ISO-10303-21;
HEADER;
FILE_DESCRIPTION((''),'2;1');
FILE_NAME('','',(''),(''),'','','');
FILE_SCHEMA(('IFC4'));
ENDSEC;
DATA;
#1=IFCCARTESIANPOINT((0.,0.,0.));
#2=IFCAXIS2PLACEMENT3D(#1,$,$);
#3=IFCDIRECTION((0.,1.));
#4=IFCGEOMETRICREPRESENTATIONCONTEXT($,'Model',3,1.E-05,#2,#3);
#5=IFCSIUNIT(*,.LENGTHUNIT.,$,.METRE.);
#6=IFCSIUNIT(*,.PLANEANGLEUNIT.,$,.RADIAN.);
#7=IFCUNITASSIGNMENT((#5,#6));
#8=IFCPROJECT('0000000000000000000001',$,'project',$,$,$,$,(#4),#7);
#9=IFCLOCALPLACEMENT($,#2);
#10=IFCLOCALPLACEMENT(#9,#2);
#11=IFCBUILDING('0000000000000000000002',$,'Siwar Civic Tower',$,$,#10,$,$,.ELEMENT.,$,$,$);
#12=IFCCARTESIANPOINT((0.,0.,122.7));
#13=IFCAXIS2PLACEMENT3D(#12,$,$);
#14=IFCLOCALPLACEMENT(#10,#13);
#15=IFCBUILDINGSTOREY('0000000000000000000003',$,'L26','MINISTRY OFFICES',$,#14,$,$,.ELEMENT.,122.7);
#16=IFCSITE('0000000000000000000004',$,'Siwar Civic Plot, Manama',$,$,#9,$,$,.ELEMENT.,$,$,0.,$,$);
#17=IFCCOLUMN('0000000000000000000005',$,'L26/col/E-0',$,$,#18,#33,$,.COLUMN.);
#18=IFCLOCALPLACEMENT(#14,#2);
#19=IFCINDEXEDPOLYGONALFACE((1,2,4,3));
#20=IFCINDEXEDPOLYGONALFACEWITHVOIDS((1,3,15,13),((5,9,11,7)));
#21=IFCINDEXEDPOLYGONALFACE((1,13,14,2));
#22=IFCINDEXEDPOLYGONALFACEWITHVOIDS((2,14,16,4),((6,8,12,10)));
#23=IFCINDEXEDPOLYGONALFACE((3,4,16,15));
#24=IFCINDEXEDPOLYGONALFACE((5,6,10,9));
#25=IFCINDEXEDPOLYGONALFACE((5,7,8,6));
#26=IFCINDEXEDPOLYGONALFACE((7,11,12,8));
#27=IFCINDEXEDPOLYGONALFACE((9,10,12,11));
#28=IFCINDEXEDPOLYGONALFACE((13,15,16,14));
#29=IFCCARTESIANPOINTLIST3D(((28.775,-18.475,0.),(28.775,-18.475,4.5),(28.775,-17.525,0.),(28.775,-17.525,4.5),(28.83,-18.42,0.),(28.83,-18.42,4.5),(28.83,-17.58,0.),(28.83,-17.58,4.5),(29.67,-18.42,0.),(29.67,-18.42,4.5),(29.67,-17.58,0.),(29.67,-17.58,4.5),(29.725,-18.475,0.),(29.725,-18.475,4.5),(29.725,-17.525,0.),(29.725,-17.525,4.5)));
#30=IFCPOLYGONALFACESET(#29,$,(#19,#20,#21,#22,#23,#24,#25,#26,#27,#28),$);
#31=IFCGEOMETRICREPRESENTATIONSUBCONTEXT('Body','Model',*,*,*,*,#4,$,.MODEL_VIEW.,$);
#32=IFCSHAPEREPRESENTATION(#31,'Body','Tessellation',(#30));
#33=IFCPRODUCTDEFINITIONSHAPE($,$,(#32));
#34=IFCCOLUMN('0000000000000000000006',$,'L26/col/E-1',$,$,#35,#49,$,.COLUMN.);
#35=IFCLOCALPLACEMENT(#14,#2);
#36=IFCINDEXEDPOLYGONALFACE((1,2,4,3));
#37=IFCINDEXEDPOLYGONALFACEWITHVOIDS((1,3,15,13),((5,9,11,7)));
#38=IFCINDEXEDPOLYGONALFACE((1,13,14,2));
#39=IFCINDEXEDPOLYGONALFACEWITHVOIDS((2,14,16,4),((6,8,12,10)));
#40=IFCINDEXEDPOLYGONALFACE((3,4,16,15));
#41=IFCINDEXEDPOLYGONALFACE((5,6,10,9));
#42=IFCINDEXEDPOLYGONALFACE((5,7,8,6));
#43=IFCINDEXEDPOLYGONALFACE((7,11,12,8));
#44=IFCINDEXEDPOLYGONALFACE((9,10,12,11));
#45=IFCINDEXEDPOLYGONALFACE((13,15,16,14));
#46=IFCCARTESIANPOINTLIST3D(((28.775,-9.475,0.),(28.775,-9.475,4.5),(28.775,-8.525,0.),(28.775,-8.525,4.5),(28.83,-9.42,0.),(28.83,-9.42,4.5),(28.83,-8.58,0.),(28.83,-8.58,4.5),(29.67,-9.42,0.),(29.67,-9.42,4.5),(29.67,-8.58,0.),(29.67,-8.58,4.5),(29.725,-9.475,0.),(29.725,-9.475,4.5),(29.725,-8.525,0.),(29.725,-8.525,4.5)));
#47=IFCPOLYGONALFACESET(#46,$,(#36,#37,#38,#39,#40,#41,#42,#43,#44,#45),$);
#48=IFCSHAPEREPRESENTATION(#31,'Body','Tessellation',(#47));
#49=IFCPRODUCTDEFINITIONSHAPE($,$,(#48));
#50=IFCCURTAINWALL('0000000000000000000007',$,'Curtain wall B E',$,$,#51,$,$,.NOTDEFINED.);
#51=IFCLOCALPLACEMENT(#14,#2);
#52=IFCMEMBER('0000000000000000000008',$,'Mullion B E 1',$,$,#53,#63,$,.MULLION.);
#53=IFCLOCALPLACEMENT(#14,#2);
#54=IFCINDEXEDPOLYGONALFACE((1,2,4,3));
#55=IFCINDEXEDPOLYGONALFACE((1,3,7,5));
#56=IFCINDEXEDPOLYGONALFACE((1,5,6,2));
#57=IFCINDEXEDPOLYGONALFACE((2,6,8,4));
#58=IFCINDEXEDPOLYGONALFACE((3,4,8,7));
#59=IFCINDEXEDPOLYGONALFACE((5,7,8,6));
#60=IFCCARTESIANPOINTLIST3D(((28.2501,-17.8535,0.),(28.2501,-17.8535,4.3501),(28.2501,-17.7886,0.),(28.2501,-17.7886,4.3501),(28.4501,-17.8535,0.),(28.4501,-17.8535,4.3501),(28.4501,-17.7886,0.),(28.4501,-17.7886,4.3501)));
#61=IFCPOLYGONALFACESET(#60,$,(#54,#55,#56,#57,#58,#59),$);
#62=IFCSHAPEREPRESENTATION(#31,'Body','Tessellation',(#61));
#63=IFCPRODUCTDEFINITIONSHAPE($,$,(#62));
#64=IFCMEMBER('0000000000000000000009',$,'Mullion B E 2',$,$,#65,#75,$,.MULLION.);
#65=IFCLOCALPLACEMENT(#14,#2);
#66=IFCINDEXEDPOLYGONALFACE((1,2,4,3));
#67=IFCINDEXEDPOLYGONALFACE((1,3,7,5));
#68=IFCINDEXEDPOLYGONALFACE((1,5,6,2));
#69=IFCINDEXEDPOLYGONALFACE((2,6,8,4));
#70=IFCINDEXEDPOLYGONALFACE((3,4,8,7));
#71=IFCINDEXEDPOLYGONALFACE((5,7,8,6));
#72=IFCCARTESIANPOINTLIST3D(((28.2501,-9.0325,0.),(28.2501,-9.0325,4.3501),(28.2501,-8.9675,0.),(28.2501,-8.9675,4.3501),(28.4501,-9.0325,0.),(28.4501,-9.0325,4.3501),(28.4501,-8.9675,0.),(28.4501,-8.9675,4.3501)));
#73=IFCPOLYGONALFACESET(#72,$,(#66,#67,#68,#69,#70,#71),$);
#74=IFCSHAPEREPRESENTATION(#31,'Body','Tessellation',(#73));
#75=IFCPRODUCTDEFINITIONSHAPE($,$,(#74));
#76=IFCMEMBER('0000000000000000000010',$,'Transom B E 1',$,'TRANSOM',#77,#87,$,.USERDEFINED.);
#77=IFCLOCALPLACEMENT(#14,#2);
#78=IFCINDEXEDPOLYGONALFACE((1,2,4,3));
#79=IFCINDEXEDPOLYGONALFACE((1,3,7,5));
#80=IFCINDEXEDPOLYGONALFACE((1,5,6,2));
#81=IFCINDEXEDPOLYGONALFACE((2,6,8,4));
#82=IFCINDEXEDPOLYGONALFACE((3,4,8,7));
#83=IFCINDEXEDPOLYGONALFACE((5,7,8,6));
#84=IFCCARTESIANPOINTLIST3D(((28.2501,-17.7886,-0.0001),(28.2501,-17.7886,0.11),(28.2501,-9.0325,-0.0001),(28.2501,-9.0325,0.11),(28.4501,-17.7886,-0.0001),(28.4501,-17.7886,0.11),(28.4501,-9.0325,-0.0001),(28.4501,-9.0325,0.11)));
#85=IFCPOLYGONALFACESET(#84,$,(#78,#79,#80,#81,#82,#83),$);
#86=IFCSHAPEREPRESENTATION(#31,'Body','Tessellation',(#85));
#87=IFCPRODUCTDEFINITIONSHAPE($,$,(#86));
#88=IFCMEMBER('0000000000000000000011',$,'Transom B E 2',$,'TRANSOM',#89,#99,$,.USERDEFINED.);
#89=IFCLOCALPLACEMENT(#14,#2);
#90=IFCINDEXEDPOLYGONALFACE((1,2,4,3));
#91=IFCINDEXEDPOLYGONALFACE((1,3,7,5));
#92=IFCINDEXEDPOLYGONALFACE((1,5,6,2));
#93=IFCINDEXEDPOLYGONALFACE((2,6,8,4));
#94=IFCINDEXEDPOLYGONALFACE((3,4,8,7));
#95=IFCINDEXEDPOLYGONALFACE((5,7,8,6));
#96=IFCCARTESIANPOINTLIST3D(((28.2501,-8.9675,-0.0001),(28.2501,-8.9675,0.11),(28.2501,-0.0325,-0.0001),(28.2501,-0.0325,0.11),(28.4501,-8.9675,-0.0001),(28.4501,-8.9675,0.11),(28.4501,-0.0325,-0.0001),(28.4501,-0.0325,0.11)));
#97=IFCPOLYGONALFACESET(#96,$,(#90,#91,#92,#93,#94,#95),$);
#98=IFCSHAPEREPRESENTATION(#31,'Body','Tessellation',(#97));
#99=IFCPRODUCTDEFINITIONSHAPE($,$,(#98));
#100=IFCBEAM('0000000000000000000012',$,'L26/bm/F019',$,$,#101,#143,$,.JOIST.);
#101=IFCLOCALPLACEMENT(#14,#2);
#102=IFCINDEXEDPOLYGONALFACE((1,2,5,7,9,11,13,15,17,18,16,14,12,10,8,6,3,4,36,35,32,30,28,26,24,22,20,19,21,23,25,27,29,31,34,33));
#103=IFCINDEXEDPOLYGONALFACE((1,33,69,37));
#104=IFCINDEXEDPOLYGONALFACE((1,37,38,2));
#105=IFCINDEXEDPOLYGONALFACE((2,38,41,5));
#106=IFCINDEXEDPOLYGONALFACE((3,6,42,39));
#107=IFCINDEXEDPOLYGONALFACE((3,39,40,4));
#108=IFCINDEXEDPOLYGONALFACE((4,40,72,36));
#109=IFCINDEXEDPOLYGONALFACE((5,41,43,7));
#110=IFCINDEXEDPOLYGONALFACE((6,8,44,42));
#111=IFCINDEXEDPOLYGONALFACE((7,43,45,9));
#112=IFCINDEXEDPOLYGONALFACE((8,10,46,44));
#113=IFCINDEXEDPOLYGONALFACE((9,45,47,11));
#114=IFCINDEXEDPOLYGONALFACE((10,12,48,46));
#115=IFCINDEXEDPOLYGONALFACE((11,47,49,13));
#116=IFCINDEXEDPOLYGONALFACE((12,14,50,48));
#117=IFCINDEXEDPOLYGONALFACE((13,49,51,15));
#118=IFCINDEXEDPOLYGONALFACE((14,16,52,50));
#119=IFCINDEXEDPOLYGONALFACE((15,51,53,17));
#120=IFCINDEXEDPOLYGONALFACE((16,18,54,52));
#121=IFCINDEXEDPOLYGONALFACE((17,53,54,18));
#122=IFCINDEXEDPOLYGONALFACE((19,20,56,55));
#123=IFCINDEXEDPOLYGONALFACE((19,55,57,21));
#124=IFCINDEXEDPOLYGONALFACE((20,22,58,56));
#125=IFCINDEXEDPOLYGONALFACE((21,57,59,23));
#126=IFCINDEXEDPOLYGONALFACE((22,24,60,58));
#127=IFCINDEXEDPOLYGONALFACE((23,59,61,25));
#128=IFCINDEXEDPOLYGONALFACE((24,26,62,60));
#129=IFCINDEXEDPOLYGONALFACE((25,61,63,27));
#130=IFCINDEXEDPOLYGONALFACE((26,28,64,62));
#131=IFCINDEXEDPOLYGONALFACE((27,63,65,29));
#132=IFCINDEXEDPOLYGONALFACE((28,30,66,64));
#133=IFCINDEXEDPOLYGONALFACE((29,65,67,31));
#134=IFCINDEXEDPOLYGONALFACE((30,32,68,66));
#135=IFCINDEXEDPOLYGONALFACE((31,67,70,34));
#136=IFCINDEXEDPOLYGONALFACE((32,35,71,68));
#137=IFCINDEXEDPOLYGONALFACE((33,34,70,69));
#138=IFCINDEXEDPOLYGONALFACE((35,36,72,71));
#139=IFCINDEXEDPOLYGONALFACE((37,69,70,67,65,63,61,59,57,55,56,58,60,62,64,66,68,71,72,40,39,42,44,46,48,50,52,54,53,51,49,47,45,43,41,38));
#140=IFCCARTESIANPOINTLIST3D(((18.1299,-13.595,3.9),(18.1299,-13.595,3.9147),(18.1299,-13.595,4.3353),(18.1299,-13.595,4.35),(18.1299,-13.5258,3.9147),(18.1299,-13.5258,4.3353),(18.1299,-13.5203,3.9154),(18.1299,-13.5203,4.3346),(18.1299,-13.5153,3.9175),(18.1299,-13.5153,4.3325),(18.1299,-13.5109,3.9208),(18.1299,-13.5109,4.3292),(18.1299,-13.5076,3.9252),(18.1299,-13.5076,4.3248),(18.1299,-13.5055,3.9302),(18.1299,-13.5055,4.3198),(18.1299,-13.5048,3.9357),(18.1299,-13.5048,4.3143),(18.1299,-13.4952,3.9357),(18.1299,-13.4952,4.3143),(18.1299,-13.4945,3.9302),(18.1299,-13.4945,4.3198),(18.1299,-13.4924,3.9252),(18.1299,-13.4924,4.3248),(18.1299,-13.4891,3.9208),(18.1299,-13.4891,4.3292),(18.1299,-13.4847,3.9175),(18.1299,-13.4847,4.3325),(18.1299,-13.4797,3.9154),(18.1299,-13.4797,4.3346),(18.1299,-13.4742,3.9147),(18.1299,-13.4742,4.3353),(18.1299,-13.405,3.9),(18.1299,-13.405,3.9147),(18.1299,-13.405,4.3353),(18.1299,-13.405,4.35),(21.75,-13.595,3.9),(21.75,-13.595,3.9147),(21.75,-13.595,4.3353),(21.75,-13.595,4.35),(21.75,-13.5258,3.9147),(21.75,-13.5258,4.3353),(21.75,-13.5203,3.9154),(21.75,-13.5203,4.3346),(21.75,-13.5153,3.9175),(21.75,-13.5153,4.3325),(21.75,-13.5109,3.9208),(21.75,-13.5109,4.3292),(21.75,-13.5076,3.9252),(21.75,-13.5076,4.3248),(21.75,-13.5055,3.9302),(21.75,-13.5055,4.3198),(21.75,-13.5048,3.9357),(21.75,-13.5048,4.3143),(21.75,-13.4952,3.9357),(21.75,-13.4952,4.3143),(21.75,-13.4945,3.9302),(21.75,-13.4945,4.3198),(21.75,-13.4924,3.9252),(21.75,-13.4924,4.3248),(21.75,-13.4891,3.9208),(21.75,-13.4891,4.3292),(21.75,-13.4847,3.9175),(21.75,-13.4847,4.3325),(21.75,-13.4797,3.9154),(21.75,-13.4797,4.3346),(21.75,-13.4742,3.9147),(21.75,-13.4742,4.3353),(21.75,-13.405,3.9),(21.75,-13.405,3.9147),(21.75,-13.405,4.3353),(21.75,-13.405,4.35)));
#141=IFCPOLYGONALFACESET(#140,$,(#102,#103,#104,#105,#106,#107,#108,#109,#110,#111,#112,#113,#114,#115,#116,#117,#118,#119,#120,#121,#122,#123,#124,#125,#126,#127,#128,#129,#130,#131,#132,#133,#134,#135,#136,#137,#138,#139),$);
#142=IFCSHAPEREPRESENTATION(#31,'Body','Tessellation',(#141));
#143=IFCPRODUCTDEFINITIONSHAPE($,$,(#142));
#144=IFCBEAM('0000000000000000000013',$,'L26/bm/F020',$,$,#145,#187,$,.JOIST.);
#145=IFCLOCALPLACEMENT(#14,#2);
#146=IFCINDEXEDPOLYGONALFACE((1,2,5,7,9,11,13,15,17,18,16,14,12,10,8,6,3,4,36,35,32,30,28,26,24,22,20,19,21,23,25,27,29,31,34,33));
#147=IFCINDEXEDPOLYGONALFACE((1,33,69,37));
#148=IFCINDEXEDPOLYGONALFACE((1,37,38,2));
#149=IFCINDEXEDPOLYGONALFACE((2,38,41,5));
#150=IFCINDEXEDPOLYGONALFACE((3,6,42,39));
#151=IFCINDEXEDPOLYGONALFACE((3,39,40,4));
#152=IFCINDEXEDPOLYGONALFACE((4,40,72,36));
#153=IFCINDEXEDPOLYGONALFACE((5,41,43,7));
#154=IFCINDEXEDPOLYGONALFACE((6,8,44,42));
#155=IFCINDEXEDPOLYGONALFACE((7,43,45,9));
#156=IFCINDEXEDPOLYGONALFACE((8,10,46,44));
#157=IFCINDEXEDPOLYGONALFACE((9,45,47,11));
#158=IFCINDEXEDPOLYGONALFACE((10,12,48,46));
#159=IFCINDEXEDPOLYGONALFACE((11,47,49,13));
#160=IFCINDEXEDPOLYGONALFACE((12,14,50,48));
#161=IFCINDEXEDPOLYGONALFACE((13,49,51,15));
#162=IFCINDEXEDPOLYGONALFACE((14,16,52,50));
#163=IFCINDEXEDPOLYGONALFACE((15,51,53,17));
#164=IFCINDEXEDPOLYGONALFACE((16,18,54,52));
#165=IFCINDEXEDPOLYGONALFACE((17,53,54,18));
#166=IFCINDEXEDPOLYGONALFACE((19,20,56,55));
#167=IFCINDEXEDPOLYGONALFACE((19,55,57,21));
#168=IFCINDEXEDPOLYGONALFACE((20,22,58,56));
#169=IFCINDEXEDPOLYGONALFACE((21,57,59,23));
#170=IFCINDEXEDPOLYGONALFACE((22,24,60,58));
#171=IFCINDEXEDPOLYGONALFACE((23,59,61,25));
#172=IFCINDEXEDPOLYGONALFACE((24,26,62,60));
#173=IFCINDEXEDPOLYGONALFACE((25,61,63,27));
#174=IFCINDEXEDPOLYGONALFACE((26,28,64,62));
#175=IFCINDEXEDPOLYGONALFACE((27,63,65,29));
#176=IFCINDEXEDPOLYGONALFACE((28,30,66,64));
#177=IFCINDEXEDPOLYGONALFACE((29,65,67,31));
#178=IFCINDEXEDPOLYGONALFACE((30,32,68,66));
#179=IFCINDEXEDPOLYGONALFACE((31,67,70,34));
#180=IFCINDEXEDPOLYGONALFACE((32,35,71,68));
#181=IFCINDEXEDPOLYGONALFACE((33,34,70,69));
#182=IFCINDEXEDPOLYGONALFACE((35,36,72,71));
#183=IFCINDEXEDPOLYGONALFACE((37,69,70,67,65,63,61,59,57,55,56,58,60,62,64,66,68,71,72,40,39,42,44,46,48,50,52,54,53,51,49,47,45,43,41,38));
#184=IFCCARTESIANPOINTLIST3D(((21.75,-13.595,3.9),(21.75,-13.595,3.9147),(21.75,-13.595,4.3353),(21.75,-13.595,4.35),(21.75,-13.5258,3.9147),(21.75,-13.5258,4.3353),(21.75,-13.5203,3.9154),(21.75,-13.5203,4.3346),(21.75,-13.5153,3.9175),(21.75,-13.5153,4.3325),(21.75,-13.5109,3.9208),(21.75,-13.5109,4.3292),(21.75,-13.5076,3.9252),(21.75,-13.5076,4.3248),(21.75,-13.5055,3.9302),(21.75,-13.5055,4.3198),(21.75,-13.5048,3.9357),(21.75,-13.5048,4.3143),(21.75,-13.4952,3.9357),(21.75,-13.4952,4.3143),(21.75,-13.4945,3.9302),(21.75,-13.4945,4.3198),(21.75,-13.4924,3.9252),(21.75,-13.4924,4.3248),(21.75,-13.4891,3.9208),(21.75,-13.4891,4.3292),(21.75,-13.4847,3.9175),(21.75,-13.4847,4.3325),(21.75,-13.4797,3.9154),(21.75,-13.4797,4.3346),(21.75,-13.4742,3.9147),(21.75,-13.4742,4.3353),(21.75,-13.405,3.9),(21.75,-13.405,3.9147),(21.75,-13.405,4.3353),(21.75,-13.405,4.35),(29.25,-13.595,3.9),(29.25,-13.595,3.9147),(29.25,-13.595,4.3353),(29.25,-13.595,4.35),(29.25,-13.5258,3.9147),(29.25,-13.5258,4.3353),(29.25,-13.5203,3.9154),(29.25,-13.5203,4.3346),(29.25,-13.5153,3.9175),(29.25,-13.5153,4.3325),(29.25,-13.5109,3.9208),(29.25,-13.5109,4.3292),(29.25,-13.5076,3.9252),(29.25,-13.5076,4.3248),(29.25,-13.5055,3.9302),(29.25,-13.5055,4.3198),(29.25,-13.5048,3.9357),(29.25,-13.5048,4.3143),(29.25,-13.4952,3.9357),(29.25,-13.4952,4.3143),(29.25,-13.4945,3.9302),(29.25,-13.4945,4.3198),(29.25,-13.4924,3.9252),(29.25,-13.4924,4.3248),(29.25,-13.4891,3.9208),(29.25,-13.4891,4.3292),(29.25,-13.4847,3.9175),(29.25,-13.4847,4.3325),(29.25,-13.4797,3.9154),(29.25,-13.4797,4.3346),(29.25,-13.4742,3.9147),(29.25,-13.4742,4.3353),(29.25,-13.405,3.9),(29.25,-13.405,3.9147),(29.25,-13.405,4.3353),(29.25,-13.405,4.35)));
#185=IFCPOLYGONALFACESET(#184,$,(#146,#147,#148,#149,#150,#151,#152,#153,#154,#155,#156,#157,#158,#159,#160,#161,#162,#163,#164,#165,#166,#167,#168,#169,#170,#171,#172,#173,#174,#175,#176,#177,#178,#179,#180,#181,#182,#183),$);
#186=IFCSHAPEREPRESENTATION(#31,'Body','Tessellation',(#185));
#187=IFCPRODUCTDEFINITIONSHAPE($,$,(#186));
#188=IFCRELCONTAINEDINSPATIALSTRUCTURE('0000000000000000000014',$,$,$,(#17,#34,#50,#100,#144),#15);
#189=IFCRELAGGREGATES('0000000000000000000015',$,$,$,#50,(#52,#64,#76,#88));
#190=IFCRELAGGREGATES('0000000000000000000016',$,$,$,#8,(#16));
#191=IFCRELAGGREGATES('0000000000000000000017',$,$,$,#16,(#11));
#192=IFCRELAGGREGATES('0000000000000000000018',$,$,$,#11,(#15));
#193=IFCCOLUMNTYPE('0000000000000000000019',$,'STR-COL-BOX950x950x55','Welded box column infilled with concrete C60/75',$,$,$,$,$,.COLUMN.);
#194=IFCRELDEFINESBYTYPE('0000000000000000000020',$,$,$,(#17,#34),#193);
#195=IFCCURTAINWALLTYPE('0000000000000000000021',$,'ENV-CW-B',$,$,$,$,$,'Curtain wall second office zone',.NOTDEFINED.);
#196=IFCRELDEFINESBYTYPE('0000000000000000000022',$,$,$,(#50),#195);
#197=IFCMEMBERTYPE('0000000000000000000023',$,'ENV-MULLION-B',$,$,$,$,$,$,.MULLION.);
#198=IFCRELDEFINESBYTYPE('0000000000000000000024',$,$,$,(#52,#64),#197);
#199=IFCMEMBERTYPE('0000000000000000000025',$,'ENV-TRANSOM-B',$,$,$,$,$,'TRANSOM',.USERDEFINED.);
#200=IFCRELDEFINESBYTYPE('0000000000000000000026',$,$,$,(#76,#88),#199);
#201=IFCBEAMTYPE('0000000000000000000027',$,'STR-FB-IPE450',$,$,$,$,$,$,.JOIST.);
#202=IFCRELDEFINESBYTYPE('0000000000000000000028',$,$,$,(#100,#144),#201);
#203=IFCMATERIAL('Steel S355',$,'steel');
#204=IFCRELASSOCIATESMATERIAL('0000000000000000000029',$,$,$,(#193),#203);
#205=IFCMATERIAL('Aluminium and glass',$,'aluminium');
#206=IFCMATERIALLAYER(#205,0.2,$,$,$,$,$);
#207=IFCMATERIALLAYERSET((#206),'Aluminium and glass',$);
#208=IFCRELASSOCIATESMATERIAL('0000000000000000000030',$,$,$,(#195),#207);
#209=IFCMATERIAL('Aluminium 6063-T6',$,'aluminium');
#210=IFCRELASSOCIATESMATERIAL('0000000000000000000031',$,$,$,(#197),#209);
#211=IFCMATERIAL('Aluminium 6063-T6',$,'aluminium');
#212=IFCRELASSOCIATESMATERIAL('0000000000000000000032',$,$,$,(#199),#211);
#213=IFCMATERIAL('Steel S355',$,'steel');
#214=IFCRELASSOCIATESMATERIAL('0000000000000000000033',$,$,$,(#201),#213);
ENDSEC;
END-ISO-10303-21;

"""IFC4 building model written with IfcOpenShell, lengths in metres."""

from ifc_helpers import new_model, si_unit, direction, frame, origin, origin_2d, place, context, subcontext, project, spatial, rectangle, hollow_rectangle, i_section, extrude, material, layer, layer_set, material_profile, profile_set, type_object, element, aggregate, save


model = new_model("IFC4")

# Units and contexts
model_context = context("Model", 3, precision=1e-05, world=origin(), true_north=direction((0.0, 1.0)))
body_context = subcontext(model_context, "Body", "Model", "MODEL_VIEW")
ifc_project = project(units=[si_unit("LENGTHUNIT", "METRE"), si_unit("PLANEANGLEUNIT", "RADIAN")], contexts=[model_context])

# Site, building, storey
site_placement = place(None, origin())
site = spatial("IfcSite", under=ifc_project, at=site_placement, Name="Siwar Civic Plot, Manama", CompositionType="ELEMENT", RefElevation=0.0)
building_placement = place(site_placement, origin())
building = spatial("IfcBuilding", under=site, at=building_placement, Name="Siwar Civic Tower", CompositionType="ELEMENT")
storey_placement = place(building_placement, frame((0.0, 0.0, 122.7)))
storey = spatial("IfcBuildingStorey", under=building, at=storey_placement, Name="L26", Description="MINISTRY OFFICES", CompositionType="ELEMENT", Elevation=122.7)

# Columns
ifc_material_1 = material(Name="Steel S355", Category="steel")
ifc_material_profile_1 = material_profile(ifc_material_1, hollow_rectangle(XDim=0.95, YDim=0.95, WallThickness=0.0549, at=origin_2d()), Name="BOX950x950x55")
ifc_profile_set_1 = profile_set([ifc_material_profile_1], Name="Steel S355")
column_type = type_object("IfcColumnType", Name="STR-COL-BOX950x950x55", Description="Welded box column infilled with concrete C60/75", PredefinedType="COLUMN", material=ifc_profile_set_1)
for number, where, z_axis, x_axis, name in (
    (1, (29.25, -18.0, 0.0), (0.0, 0.0, 1.0), (1.0, 0.0, 0.0), "L26/col/E-0"),
    (2, (29.25, -9.0, 0.0), (0.0, 0.0, 1.0), (1.0, 0.0, 0.0), "L26/col/E-1"),
):
    element("IfcColumn", number, at=place(storey_placement, frame(where, z_axis=z_axis, x_axis=x_axis)), inside=storey, type_object=column_type, Name=name, PredefinedType="COLUMN", context=body_context, shape_type="SweptSolid", body=[
        extrude(hollow_rectangle(XDim=0.95, YDim=0.95, WallThickness=0.0549, at=origin_2d()), origin(), (0.0, 0.0, 1.0), 4.5),
    ])

# Curtain wall, members
ifc_material_2 = material(Name="Aluminium and glass", Category="aluminium")
ifc_layer_1 = layer(ifc_material_2, 0.2)
ifc_layer_set_1 = layer_set([ifc_layer_1], Name="Aluminium and glass")
curtain_wall_type = type_object("IfcCurtainWallType", Name="ENV-CW-B", ElementType="Curtain wall second office zone", PredefinedType="NOTDEFINED", material=ifc_layer_set_1)
curtain_wall_placement = place(storey_placement, origin())
curtain_wall = element("IfcCurtainWall", 3, at=curtain_wall_placement, inside=storey, type_object=curtain_wall_type, Name="Curtain wall B E", PredefinedType="NOTDEFINED")
ifc_material_3 = material(Name="Aluminium 6063-T6", Category="aluminium")
ifc_material_profile_2 = material_profile(ifc_material_3, rectangle(XDim=0.2, YDim=0.0649, at=origin_2d()), Name="AL 200x65")
ifc_profile_set_2 = profile_set([ifc_material_profile_2], Name="Aluminium 6063-T6")
member_type_1 = type_object("IfcMemberType", Name="ENV-MULLION-B", PredefinedType="MULLION", material=ifc_profile_set_2)
member_1_placement = place(storey_placement, frame((28.3501, -17.821, 0.0), z_axis=(0.0, 0.0, 1.0), x_axis=(-1.0, 0.0, 0.0)))
member_1 = element("IfcMember", 4, at=member_1_placement, type_object=member_type_1, Name="Mullion B E 1", PredefinedType="MULLION", context=body_context, shape_type="SweptSolid", body=[
    extrude(rectangle(XDim=0.2, YDim=0.0649, at=origin_2d()), origin(), (0.0, 0.0, 1.0), 4.3501),
])
member_2_placement = place(storey_placement, frame((28.3501, -9.0, 0.0), z_axis=(0.0, 0.0, 1.0), x_axis=(-1.0, 0.0, 0.0)))
member_2 = element("IfcMember", 5, at=member_2_placement, type_object=member_type_1, Name="Mullion B E 2", PredefinedType="MULLION", context=body_context, shape_type="SweptSolid", body=[
    extrude(rectangle(XDim=0.2, YDim=0.0649, at=origin_2d()), origin(), (0.0, 0.0, 1.0), 4.3501),
])
ifc_material_4 = material(Name="Aluminium 6063-T6", Category="aluminium")
ifc_material_profile_3 = material_profile(ifc_material_4, rectangle(XDim=0.2, YDim=0.1101, at=origin_2d()), Name="AL 200x110")
ifc_profile_set_3 = profile_set([ifc_material_profile_3], Name="Aluminium 6063-T6")
member_type_2 = type_object("IfcMemberType", Name="ENV-TRANSOM-B", ElementType="TRANSOM", PredefinedType="USERDEFINED", material=ifc_profile_set_3)
member_3_placement = place(storey_placement, frame((28.3501, -17.7886, 0.0549), z_axis=(0.0, 1.0, 0.0), x_axis=(-1.0, 0.0, 0.0)))
member_3 = element("IfcMember", 6, at=member_3_placement, type_object=member_type_2, Name="Transom B E 1", ObjectType="TRANSOM", PredefinedType="USERDEFINED", context=body_context, shape_type="SweptSolid", body=[
    extrude(rectangle(XDim=0.2, YDim=0.1101, at=origin_2d()), origin(), (0.0, 0.0, 1.0), 8.7561),
])
member_4_placement = place(storey_placement, frame((28.3501, -8.9675, 0.0549), z_axis=(0.0, 1.0, 0.0), x_axis=(-1.0, 0.0, 0.0)))
member_4 = element("IfcMember", 7, at=member_4_placement, type_object=member_type_2, Name="Transom B E 2", ObjectType="TRANSOM", PredefinedType="USERDEFINED", context=body_context, shape_type="SweptSolid", body=[
    extrude(rectangle(XDim=0.2, YDim=0.1101, at=origin_2d()), origin(), (0.0, 0.0, 1.0), 8.9351),
])

# Beams
ifc_material_5 = material(Name="Steel S355", Category="steel")
ifc_material_profile_4 = material_profile(ifc_material_5, i_section(OverallWidth=0.1899, OverallDepth=0.45, WebThickness=0.0095, FlangeThickness=0.0146, FilletRadius=0.021, at=origin_2d()), Name="IPE450")
ifc_profile_set_4 = profile_set([ifc_material_profile_4], Name="Steel S355")
beam_type_1 = type_object("IfcBeamType", Name="STR-FB-IPE450", PredefinedType="JOIST", material=ifc_profile_set_4)
beam_placement = place(storey_placement, frame((18.1299, -13.5, 4.125), z_axis=(1.0, 0.0, 0.0), x_axis=(0.0, 1.0, 0.0)))
element("IfcBeam", 8, at=beam_placement, inside=storey, type_object=beam_type_1, Name="L26/bm/F019", PredefinedType="JOIST", context=body_context, shape_type="SweptSolid", body=[
    extrude(i_section(OverallWidth=0.1899, OverallDepth=0.45, WebThickness=0.0095, FlangeThickness=0.0146, FilletRadius=0.021, at=origin_2d()), origin(), (0.0, 0.0, 1.0), 3.6201),
])
for number, where, z_axis, x_axis, name in (
    (9, (21.75, -13.5, 4.125), (1.0, 0.0, 0.0), (0.0, 1.0, 0.0), "L26/bm/F020"),
):
    element("IfcBeam", number, at=place(storey_placement, frame(where, z_axis=z_axis, x_axis=x_axis)), inside=storey, type_object=beam_type_1, Name=name, PredefinedType="JOIST", context=body_context, shape_type="SweptSolid", body=[
        extrude(i_section(OverallWidth=0.1899, OverallDepth=0.45, WebThickness=0.0095, FlangeThickness=0.0146, FilletRadius=0.021, at=origin_2d()), origin(), (0.0, 0.0, 1.0), 7.5),
    ])

aggregate(curtain_wall, [member_1, member_2, member_3, member_4])

save(model, "model.ifc")
